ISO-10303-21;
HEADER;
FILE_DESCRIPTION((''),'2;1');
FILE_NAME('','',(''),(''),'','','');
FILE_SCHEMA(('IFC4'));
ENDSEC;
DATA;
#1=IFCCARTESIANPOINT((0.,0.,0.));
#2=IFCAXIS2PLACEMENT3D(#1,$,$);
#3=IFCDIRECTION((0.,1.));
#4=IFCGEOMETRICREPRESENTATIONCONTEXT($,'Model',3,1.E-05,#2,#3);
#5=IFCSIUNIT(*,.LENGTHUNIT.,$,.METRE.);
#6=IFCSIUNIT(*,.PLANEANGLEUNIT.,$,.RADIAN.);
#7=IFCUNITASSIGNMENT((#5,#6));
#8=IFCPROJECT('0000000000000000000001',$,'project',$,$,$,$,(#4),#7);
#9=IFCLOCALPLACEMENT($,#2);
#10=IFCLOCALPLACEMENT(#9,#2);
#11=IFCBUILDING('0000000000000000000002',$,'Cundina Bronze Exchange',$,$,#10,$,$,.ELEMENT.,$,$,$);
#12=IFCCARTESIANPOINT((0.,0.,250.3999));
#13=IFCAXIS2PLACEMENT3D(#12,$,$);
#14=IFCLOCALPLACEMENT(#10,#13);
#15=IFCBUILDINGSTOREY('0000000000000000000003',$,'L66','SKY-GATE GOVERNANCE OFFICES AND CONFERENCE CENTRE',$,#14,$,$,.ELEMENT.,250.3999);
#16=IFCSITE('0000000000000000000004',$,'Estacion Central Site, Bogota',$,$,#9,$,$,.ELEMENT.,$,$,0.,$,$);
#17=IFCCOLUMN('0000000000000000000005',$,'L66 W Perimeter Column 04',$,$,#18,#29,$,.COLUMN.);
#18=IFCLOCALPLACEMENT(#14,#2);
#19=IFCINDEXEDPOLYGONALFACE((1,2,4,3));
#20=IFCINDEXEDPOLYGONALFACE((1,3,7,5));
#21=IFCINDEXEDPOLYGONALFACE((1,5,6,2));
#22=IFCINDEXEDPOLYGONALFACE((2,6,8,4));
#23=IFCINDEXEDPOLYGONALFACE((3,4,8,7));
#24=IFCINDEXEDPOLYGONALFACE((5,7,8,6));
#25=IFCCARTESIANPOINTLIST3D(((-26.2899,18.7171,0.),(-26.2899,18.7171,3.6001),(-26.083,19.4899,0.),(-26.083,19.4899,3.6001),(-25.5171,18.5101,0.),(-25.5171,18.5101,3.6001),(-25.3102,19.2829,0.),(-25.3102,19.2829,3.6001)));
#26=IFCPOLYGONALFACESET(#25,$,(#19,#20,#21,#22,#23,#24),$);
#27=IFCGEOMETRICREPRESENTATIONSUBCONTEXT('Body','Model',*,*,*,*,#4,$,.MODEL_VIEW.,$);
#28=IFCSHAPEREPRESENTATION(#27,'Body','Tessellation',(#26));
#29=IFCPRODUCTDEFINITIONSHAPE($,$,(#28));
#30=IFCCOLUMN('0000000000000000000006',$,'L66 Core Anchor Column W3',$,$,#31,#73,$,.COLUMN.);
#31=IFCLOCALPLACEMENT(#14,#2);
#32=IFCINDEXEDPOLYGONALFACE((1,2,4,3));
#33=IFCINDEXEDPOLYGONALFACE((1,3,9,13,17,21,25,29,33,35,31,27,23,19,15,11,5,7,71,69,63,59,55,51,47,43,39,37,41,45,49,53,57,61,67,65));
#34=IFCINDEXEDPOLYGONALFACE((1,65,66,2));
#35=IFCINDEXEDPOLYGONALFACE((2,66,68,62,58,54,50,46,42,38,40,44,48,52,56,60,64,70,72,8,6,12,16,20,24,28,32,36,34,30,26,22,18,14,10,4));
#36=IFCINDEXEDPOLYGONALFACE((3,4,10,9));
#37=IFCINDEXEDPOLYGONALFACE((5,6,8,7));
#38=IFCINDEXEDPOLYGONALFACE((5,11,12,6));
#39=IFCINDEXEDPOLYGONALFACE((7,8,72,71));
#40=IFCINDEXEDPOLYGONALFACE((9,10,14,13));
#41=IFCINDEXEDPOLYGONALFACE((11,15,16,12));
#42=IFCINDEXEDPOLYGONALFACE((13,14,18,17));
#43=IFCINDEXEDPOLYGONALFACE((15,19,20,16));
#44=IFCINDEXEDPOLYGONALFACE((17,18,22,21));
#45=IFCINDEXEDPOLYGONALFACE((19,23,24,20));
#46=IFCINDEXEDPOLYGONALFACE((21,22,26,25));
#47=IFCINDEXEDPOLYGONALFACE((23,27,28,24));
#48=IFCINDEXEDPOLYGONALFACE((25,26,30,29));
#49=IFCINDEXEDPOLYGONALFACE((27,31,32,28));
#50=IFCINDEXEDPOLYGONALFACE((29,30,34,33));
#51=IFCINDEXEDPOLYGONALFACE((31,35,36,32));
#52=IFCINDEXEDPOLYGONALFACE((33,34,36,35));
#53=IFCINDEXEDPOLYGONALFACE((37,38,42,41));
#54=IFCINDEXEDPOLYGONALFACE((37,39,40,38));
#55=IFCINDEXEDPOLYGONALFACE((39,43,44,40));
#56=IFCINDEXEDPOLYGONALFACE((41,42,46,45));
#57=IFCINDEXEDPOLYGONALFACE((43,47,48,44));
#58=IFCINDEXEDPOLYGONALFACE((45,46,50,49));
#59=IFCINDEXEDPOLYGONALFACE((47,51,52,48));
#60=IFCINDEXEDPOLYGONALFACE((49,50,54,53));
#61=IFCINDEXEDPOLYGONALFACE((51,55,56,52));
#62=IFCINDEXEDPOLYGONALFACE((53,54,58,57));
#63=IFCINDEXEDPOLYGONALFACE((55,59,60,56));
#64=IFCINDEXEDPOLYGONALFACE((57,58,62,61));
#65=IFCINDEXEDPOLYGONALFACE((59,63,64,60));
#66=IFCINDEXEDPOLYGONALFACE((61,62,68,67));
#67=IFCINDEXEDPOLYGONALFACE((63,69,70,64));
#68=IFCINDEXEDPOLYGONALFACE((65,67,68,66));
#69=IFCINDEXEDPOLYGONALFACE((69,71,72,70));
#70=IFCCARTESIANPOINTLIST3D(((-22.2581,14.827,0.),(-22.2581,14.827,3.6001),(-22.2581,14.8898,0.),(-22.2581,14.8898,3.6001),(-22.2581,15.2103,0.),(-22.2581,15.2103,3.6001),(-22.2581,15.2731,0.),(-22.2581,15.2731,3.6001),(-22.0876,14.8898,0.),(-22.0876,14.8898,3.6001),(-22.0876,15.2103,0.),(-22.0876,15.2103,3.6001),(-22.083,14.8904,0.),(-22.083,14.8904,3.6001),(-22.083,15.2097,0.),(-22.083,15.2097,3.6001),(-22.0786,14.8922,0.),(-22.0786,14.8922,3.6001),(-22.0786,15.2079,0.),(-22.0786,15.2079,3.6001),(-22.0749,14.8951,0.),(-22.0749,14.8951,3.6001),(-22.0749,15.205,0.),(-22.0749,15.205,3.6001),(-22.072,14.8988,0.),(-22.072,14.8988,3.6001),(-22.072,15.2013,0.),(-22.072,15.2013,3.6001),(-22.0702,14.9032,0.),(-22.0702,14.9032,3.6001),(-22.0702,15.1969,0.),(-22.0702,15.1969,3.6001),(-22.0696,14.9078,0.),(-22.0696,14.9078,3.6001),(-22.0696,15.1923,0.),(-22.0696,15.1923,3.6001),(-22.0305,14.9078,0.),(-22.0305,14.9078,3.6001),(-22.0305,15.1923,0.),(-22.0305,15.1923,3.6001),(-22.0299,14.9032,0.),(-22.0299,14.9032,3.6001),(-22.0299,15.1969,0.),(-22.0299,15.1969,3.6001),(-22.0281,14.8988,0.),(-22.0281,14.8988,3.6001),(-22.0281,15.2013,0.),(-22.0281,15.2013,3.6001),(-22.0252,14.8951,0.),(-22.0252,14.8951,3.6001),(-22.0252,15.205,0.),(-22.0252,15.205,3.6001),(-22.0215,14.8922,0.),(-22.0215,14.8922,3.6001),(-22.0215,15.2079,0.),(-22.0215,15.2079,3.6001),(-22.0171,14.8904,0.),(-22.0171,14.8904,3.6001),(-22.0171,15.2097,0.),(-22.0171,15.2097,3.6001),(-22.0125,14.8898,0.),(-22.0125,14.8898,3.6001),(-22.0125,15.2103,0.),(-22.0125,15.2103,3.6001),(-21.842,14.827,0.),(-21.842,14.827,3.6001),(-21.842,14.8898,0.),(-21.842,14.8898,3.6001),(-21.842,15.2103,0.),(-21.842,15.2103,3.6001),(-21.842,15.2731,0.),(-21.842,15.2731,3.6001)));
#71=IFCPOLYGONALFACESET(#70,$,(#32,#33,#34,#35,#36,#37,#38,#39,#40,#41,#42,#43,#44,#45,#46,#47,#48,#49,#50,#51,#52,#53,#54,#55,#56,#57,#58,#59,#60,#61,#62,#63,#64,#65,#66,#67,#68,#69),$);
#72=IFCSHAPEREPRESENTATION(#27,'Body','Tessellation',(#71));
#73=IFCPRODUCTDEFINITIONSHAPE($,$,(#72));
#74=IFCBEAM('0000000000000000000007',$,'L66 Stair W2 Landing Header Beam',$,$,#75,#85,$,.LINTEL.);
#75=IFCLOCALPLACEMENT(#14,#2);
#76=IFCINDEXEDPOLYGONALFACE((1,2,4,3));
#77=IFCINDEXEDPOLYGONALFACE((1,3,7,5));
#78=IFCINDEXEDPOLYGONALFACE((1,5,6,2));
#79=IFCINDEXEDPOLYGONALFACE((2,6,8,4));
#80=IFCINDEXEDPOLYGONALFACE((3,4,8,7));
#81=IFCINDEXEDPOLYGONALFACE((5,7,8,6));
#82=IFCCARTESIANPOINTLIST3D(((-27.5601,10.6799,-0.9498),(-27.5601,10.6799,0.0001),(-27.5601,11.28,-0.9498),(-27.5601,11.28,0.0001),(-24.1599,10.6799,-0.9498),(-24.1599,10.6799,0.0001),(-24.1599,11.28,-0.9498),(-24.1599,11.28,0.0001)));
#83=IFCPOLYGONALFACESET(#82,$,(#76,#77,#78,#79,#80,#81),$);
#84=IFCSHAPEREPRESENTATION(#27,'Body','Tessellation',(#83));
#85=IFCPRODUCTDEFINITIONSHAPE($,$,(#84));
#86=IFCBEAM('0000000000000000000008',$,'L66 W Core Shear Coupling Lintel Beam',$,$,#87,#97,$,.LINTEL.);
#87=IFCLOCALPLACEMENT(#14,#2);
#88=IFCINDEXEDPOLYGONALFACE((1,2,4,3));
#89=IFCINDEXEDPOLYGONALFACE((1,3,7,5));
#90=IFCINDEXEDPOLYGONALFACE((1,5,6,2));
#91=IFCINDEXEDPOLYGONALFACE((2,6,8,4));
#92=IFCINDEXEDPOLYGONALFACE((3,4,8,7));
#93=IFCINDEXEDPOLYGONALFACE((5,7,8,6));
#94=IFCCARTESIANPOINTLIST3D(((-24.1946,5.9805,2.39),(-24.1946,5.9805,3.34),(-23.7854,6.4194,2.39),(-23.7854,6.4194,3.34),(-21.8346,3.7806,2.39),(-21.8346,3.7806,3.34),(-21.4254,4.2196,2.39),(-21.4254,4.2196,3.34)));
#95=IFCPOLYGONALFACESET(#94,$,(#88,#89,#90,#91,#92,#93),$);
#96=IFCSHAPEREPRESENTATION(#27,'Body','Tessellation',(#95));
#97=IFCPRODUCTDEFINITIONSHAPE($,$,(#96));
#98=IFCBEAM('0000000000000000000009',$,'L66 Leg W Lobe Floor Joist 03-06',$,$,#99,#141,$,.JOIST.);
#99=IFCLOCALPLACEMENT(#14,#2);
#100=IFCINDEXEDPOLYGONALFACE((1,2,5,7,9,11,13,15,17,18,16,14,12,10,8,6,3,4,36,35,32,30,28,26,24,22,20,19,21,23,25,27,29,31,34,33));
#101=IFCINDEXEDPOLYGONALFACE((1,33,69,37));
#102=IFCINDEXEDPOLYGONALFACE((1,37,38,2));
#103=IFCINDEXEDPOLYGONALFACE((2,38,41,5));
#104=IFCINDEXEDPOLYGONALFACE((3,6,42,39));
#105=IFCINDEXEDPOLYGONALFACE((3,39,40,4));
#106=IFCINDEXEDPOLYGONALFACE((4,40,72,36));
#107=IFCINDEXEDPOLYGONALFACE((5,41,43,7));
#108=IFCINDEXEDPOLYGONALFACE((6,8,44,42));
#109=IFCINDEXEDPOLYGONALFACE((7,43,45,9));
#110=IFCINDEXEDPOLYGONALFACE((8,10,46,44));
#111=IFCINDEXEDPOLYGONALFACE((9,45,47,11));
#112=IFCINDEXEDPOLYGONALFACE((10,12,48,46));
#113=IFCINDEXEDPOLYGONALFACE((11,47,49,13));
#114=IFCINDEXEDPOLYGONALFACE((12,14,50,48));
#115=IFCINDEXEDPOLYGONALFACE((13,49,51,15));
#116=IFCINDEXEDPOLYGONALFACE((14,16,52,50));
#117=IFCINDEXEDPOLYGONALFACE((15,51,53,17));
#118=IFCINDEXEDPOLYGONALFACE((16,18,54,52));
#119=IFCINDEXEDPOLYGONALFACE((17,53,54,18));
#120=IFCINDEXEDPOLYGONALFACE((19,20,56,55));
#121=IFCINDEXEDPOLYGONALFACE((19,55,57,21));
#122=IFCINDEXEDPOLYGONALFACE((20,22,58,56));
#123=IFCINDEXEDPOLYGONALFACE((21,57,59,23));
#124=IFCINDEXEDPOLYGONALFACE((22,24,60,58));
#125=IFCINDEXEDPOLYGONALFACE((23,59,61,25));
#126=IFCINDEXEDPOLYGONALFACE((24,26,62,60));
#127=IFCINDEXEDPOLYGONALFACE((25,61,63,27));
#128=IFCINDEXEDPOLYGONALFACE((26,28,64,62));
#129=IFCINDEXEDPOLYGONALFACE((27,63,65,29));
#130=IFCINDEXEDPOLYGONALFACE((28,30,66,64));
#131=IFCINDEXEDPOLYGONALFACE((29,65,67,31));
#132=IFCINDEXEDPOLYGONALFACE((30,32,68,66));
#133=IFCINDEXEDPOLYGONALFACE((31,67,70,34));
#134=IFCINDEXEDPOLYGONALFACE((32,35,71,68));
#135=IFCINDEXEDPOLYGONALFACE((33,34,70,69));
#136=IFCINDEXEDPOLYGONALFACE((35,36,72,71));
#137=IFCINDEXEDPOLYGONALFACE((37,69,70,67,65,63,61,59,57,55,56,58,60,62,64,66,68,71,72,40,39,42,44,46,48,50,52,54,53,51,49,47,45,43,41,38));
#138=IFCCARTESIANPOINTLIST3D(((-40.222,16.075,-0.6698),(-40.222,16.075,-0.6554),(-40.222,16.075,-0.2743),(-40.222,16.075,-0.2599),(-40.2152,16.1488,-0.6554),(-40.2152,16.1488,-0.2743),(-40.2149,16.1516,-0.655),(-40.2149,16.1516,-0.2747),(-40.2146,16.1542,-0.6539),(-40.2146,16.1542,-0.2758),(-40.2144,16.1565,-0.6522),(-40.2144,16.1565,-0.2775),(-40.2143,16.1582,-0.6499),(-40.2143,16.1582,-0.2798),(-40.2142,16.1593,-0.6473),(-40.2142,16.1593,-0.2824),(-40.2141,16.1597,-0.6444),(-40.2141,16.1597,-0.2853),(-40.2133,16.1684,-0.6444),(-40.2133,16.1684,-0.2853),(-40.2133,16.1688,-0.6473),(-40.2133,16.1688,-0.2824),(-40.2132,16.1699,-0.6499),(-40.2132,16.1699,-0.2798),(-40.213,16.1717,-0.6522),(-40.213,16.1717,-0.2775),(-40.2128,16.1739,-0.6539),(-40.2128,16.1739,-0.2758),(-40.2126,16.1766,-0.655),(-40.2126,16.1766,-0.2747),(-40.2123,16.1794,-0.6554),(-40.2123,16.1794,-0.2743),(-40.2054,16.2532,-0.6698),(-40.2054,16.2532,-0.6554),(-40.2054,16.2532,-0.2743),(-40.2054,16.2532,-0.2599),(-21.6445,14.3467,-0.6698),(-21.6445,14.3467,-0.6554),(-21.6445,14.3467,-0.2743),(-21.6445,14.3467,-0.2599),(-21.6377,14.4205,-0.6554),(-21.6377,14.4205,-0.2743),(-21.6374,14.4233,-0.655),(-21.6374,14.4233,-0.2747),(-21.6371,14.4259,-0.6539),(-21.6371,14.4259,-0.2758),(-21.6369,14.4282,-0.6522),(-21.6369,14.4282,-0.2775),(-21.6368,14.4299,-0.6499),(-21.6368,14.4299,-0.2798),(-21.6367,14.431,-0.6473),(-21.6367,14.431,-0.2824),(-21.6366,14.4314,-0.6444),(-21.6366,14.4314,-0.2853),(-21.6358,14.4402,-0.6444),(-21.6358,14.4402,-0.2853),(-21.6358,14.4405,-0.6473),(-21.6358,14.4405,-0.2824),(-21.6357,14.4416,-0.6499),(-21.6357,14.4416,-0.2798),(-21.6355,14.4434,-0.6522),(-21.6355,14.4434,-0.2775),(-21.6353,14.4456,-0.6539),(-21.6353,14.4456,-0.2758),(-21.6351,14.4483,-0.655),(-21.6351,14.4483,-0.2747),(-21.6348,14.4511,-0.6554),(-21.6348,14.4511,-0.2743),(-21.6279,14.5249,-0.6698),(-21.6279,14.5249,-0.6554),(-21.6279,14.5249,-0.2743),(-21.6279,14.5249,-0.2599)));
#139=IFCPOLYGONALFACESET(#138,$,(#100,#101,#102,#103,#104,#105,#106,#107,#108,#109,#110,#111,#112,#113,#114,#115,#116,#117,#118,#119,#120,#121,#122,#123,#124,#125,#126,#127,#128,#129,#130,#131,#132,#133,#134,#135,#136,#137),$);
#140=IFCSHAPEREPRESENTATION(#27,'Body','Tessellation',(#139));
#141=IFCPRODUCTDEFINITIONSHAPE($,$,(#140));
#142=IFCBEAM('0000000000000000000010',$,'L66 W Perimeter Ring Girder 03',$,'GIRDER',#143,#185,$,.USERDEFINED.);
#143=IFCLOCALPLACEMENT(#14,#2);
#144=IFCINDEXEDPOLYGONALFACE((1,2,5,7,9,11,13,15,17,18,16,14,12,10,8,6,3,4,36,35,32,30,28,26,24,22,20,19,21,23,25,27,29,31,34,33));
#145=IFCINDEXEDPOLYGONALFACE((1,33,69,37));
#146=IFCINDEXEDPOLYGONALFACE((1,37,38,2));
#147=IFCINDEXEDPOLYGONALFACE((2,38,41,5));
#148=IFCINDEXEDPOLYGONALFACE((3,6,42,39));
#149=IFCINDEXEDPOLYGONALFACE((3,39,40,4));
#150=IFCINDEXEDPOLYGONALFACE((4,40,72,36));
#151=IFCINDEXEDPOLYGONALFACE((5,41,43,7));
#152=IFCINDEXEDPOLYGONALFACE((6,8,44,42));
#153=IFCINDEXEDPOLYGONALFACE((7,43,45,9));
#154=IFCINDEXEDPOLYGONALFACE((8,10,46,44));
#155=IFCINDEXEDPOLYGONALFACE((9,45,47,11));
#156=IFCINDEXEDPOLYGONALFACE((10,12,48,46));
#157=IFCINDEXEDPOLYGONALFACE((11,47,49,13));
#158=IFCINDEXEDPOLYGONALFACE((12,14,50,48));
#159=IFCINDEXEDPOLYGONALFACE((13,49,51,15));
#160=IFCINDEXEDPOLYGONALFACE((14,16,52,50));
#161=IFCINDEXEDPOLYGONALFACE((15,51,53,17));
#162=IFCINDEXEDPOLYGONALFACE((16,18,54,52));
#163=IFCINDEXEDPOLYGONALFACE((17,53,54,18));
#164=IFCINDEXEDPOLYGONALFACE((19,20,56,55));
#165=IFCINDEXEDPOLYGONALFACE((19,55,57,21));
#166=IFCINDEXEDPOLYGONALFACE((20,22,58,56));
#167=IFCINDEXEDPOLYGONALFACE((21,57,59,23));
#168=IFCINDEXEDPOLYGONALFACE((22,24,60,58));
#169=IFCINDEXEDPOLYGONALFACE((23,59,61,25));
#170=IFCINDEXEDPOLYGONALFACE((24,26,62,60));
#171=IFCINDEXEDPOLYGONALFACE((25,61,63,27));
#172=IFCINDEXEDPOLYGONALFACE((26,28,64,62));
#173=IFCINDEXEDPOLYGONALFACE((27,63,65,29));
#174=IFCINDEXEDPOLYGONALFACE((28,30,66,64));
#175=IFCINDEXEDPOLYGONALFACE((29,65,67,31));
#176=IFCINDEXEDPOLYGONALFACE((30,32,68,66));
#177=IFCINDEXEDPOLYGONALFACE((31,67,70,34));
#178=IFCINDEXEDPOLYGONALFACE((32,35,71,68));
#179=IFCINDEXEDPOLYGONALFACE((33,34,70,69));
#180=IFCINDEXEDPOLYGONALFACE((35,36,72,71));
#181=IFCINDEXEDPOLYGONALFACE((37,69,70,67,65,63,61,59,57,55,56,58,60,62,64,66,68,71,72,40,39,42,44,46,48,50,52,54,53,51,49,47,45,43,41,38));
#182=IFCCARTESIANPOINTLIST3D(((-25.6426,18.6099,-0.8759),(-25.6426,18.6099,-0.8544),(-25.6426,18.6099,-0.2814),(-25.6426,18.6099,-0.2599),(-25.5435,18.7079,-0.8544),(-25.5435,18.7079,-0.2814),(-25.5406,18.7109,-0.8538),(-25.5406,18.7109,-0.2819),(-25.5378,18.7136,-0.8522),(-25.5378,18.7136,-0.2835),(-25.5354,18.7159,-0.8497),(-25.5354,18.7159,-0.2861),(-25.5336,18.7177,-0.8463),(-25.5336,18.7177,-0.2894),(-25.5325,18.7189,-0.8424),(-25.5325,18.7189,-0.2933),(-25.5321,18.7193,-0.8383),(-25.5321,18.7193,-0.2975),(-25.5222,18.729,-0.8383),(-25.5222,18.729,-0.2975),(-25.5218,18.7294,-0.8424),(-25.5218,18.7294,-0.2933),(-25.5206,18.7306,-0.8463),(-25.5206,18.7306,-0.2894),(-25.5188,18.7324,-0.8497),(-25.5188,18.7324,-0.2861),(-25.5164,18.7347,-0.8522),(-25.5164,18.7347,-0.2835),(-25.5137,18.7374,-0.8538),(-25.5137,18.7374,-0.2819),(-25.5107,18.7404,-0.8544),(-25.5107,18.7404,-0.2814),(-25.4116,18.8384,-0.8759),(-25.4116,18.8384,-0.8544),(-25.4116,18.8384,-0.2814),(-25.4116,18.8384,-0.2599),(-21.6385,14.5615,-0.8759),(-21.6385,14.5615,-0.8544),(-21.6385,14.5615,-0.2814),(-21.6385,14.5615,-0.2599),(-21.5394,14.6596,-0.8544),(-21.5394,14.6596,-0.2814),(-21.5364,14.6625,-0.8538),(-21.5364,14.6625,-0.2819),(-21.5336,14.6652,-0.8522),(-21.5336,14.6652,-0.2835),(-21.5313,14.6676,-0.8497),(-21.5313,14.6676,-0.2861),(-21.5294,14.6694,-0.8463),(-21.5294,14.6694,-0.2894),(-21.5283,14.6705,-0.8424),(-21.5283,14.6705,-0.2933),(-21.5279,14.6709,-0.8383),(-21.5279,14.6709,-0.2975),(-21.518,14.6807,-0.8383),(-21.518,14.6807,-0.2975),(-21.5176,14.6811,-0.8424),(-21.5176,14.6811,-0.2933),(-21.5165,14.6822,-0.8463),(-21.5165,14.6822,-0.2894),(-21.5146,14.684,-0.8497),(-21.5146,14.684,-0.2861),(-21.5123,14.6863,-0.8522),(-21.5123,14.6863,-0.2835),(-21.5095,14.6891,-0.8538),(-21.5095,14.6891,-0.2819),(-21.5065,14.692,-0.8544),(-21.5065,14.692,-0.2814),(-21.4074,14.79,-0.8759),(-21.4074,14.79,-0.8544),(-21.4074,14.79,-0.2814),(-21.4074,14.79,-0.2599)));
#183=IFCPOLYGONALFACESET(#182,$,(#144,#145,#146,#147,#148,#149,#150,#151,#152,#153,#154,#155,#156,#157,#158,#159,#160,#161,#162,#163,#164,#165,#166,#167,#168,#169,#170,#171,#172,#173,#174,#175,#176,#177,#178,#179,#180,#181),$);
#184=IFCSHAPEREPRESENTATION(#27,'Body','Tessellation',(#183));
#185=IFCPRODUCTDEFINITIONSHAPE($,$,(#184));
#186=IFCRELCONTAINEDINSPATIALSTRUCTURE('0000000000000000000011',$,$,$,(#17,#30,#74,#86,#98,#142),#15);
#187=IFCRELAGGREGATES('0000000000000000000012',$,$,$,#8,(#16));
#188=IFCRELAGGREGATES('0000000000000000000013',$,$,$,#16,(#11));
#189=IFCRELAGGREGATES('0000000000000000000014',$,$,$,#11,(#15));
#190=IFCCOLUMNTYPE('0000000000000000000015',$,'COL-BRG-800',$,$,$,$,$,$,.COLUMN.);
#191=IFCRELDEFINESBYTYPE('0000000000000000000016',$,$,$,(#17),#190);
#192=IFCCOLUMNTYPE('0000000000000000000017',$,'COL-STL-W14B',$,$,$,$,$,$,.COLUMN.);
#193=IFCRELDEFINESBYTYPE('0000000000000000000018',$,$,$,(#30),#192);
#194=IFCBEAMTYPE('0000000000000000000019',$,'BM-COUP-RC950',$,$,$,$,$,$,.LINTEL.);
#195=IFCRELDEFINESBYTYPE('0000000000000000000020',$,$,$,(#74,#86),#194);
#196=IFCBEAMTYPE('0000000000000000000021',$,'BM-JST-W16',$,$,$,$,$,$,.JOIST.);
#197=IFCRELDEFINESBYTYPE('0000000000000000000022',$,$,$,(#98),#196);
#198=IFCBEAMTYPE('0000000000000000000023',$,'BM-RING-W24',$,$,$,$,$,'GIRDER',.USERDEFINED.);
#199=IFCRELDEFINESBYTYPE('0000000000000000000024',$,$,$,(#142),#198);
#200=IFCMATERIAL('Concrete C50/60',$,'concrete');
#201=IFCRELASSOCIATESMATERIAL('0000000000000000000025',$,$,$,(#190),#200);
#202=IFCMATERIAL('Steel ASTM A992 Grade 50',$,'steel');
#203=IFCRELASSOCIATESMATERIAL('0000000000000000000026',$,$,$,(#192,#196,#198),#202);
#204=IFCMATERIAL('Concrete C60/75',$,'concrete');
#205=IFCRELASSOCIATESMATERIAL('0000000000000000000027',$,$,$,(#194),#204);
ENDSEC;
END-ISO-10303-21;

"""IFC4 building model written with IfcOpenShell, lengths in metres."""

from ifc_helpers import new_model, si_unit, direction, frame, origin, origin_2d, place, context, subcontext, project, spatial, rectangle, i_section, extrude, material, material_profile, profile_set, type_object, element, save


model = new_model("IFC4")

# Units and contexts
model_context = context("Model", 3, precision=1e-05, world=origin(), true_north=direction((0.0, 1.0)))
body_context = subcontext(model_context, "Body", "Model", "MODEL_VIEW")
ifc_project = project(units=[si_unit("LENGTHUNIT", "METRE"), si_unit("PLANEANGLEUNIT", "RADIAN")], contexts=[model_context])

# Site, building, storey
site_placement = place(None, origin())
site = spatial("IfcSite", under=ifc_project, at=site_placement, Name="Estacion Central Site, Bogota", CompositionType="ELEMENT", RefElevation=0.0)
building_placement = place(site_placement, origin())
building = spatial("IfcBuilding", under=site, at=building_placement, Name="Cundina Bronze Exchange", CompositionType="ELEMENT")
storey_placement = place(building_placement, frame((0.0, 0.0, 250.3999)))
storey = spatial("IfcBuildingStorey", under=building, at=storey_placement, Name="L66", Description="SKY-GATE GOVERNANCE OFFICES AND CONFERENCE CENTRE", CompositionType="ELEMENT", Elevation=250.3999)

# Columns
ifc_material_1 = material(Name="Concrete C50/60", Category="concrete")
ifc_material_profile_1 = material_profile(ifc_material_1, rectangle(XDim=0.8, YDim=0.8, at=origin_2d()), Name="RC800X800", Category="concrete")
ifc_profile_set_1 = profile_set([ifc_material_profile_1], Name="Concrete C50/60")
column_type_1 = type_object("IfcColumnType", Name="COL-BRG-800", PredefinedType="COLUMN", material=ifc_profile_set_1)
column_1_placement = place(storey_placement, frame((-25.8, 19.0, 0.0), z_axis=(0.0, 0.0, 1.0), x_axis=(-0.965971, 0.25865, 0.0)))
element("IfcColumn", 1, at=column_1_placement, inside=storey, type_object=column_type_1, Name="L66 W Perimeter Column 04", PredefinedType="COLUMN", context=body_context, shape_type="SweptSolid", body=[
    extrude(rectangle(XDim=0.8, YDim=0.8, at=origin_2d()), origin(), (0.0, 0.0, 1.0), 3.6001),
])
ifc_material_2 = material(Name="Steel ASTM A992 Grade 50", Category="steel")
ifc_material_profile_2 = material_profile(ifc_material_2, i_section(OverallWidth=0.416, OverallDepth=0.446, WebThickness=0.0391, FlangeThickness=0.0627, FilletRadius=0.0181, at=origin_2d()), Name="W14X342", Category="steel")
ifc_profile_set_2 = profile_set([ifc_material_profile_2], Name="Steel ASTM A992 Grade 50")
column_type_2 = type_object("IfcColumnType", Name="COL-STL-W14B", PredefinedType="COLUMN", material=ifc_profile_set_2)
column_2_placement = place(storey_placement, frame((-22.05, 15.05, 0.0), z_axis=(0.0, 0.0, 1.0), x_axis=(1.0, 0.0, 0.0)))
element("IfcColumn", 2, at=column_2_placement, inside=storey, type_object=column_type_2, Name="L66 Core Anchor Column W3", PredefinedType="COLUMN", context=body_context, shape_type="SweptSolid", body=[
    extrude(i_section(OverallWidth=0.416, OverallDepth=0.446, WebThickness=0.0391, FlangeThickness=0.0627, FilletRadius=0.0181, at=origin_2d()), origin(), (0.0, 0.0, 1.0), 3.6001),
])

# Beams
ifc_material_3 = material(Name="Concrete C60/75", Category="concrete")
ifc_material_profile_3 = material_profile(ifc_material_3, rectangle(XDim=0.6001, YDim=0.95, at=origin_2d()), Name="RC600X950", Category="concrete")
ifc_profile_set_3 = profile_set([ifc_material_profile_3], Name="Concrete C60/75")
beam_type_1 = type_object("IfcBeamType", Name="BM-COUP-RC950", PredefinedType="LINTEL", material=ifc_profile_set_3)
beam_1_placement = place(storey_placement, frame((-27.5601, 10.98, -0.4749), z_axis=(1.0, 0.0, 0.0), x_axis=(0.0, 1.0, 0.0)))
element("IfcBeam", 3, at=beam_1_placement, inside=storey, type_object=beam_type_1, Name="L66 Stair W2 Landing Header Beam", PredefinedType="LINTEL", context=body_context, shape_type="SweptSolid", body=[
    extrude(rectangle(XDim=0.6001, YDim=0.95, at=origin_2d()), origin(), (0.0, 0.0, 1.0), 3.4001),
])
beam_2_placement = place(storey_placement, frame((-23.99, 6.2, 2.865), z_axis=(0.73149, -0.681852, 0.0), x_axis=(0.681852, 0.73149, 0.0)))
element("IfcBeam", 4, at=beam_2_placement, inside=storey, type_object=beam_type_1, Name="L66 W Core Shear Coupling Lintel Beam", PredefinedType="LINTEL", context=body_context, shape_type="SweptSolid", body=[
    extrude(rectangle(XDim=0.6001, YDim=0.95, at=origin_2d()), origin(), (0.0, 0.0, 1.0), 3.2263),
])
ifc_material_profile_4 = material_profile(ifc_material_2, i_section(OverallWidth=0.179, OverallDepth=0.4099, WebThickness=0.0088, FlangeThickness=0.0144, FilletRadius=0.011, at=origin_2d()), Name="W16X45", Category="steel")
ifc_profile_set_4 = profile_set([ifc_material_profile_4], Name="Steel ASTM A992 Grade 50")
beam_type_2 = type_object("IfcBeamType", Name="BM-JST-W16", PredefinedType="JOIST", material=ifc_profile_set_4)
beam_3_placement = place(storey_placement, frame((-21.6362, 14.4358, -0.4648), z_axis=(-0.995701, 0.092631, 0.0), x_axis=(-0.092631, -0.995701, 0.0)))
element("IfcBeam", 5, at=beam_3_placement, inside=storey, type_object=beam_type_2, Name="L66 Leg W Lobe Floor Joist 03-06", PredefinedType="JOIST", context=body_context, shape_type="SweptSolid", body=[
    extrude(i_section(OverallWidth=0.179, OverallDepth=0.4099, WebThickness=0.0088, FlangeThickness=0.0144, FilletRadius=0.011, at=origin_2d()), origin(), (0.0, 0.0, 1.0), 18.6577),
])
ifc_material_profile_5 = material_profile(ifc_material_2, i_section(OverallWidth=0.325, OverallDepth=0.616, WebThickness=0.0139, FlangeThickness=0.0215, FilletRadius=0.0161, at=origin_2d()), Name="W24X117", Category="steel")
ifc_profile_set_5 = profile_set([ifc_material_profile_5], Name="Steel ASTM A992 Grade 50")
beam_type_3 = type_object("IfcBeamType", Name="BM-RING-W24", ElementType="GIRDER", PredefinedType="USERDEFINED", material=ifc_profile_set_5)
beam_4_placement = place(storey_placement, frame((-21.5229, 14.6758, -0.5679), z_axis=(-0.703216, 0.710976, 0.0), x_axis=(-0.710976, -0.703216, 0.0)))
element("IfcBeam", 6, at=beam_4_placement, inside=storey, type_object=beam_type_3, Name="L66 W Perimeter Ring Girder 03", ObjectType="GIRDER", PredefinedType="USERDEFINED", context=body_context, shape_type="SweptSolid", body=[
    extrude(i_section(OverallWidth=0.325, OverallDepth=0.616, WebThickness=0.0139, FlangeThickness=0.0215, FilletRadius=0.0161, at=origin_2d()), origin(), (0.0, 0.0, 1.0), 5.6941),
])

save(model, "model.ifc")
